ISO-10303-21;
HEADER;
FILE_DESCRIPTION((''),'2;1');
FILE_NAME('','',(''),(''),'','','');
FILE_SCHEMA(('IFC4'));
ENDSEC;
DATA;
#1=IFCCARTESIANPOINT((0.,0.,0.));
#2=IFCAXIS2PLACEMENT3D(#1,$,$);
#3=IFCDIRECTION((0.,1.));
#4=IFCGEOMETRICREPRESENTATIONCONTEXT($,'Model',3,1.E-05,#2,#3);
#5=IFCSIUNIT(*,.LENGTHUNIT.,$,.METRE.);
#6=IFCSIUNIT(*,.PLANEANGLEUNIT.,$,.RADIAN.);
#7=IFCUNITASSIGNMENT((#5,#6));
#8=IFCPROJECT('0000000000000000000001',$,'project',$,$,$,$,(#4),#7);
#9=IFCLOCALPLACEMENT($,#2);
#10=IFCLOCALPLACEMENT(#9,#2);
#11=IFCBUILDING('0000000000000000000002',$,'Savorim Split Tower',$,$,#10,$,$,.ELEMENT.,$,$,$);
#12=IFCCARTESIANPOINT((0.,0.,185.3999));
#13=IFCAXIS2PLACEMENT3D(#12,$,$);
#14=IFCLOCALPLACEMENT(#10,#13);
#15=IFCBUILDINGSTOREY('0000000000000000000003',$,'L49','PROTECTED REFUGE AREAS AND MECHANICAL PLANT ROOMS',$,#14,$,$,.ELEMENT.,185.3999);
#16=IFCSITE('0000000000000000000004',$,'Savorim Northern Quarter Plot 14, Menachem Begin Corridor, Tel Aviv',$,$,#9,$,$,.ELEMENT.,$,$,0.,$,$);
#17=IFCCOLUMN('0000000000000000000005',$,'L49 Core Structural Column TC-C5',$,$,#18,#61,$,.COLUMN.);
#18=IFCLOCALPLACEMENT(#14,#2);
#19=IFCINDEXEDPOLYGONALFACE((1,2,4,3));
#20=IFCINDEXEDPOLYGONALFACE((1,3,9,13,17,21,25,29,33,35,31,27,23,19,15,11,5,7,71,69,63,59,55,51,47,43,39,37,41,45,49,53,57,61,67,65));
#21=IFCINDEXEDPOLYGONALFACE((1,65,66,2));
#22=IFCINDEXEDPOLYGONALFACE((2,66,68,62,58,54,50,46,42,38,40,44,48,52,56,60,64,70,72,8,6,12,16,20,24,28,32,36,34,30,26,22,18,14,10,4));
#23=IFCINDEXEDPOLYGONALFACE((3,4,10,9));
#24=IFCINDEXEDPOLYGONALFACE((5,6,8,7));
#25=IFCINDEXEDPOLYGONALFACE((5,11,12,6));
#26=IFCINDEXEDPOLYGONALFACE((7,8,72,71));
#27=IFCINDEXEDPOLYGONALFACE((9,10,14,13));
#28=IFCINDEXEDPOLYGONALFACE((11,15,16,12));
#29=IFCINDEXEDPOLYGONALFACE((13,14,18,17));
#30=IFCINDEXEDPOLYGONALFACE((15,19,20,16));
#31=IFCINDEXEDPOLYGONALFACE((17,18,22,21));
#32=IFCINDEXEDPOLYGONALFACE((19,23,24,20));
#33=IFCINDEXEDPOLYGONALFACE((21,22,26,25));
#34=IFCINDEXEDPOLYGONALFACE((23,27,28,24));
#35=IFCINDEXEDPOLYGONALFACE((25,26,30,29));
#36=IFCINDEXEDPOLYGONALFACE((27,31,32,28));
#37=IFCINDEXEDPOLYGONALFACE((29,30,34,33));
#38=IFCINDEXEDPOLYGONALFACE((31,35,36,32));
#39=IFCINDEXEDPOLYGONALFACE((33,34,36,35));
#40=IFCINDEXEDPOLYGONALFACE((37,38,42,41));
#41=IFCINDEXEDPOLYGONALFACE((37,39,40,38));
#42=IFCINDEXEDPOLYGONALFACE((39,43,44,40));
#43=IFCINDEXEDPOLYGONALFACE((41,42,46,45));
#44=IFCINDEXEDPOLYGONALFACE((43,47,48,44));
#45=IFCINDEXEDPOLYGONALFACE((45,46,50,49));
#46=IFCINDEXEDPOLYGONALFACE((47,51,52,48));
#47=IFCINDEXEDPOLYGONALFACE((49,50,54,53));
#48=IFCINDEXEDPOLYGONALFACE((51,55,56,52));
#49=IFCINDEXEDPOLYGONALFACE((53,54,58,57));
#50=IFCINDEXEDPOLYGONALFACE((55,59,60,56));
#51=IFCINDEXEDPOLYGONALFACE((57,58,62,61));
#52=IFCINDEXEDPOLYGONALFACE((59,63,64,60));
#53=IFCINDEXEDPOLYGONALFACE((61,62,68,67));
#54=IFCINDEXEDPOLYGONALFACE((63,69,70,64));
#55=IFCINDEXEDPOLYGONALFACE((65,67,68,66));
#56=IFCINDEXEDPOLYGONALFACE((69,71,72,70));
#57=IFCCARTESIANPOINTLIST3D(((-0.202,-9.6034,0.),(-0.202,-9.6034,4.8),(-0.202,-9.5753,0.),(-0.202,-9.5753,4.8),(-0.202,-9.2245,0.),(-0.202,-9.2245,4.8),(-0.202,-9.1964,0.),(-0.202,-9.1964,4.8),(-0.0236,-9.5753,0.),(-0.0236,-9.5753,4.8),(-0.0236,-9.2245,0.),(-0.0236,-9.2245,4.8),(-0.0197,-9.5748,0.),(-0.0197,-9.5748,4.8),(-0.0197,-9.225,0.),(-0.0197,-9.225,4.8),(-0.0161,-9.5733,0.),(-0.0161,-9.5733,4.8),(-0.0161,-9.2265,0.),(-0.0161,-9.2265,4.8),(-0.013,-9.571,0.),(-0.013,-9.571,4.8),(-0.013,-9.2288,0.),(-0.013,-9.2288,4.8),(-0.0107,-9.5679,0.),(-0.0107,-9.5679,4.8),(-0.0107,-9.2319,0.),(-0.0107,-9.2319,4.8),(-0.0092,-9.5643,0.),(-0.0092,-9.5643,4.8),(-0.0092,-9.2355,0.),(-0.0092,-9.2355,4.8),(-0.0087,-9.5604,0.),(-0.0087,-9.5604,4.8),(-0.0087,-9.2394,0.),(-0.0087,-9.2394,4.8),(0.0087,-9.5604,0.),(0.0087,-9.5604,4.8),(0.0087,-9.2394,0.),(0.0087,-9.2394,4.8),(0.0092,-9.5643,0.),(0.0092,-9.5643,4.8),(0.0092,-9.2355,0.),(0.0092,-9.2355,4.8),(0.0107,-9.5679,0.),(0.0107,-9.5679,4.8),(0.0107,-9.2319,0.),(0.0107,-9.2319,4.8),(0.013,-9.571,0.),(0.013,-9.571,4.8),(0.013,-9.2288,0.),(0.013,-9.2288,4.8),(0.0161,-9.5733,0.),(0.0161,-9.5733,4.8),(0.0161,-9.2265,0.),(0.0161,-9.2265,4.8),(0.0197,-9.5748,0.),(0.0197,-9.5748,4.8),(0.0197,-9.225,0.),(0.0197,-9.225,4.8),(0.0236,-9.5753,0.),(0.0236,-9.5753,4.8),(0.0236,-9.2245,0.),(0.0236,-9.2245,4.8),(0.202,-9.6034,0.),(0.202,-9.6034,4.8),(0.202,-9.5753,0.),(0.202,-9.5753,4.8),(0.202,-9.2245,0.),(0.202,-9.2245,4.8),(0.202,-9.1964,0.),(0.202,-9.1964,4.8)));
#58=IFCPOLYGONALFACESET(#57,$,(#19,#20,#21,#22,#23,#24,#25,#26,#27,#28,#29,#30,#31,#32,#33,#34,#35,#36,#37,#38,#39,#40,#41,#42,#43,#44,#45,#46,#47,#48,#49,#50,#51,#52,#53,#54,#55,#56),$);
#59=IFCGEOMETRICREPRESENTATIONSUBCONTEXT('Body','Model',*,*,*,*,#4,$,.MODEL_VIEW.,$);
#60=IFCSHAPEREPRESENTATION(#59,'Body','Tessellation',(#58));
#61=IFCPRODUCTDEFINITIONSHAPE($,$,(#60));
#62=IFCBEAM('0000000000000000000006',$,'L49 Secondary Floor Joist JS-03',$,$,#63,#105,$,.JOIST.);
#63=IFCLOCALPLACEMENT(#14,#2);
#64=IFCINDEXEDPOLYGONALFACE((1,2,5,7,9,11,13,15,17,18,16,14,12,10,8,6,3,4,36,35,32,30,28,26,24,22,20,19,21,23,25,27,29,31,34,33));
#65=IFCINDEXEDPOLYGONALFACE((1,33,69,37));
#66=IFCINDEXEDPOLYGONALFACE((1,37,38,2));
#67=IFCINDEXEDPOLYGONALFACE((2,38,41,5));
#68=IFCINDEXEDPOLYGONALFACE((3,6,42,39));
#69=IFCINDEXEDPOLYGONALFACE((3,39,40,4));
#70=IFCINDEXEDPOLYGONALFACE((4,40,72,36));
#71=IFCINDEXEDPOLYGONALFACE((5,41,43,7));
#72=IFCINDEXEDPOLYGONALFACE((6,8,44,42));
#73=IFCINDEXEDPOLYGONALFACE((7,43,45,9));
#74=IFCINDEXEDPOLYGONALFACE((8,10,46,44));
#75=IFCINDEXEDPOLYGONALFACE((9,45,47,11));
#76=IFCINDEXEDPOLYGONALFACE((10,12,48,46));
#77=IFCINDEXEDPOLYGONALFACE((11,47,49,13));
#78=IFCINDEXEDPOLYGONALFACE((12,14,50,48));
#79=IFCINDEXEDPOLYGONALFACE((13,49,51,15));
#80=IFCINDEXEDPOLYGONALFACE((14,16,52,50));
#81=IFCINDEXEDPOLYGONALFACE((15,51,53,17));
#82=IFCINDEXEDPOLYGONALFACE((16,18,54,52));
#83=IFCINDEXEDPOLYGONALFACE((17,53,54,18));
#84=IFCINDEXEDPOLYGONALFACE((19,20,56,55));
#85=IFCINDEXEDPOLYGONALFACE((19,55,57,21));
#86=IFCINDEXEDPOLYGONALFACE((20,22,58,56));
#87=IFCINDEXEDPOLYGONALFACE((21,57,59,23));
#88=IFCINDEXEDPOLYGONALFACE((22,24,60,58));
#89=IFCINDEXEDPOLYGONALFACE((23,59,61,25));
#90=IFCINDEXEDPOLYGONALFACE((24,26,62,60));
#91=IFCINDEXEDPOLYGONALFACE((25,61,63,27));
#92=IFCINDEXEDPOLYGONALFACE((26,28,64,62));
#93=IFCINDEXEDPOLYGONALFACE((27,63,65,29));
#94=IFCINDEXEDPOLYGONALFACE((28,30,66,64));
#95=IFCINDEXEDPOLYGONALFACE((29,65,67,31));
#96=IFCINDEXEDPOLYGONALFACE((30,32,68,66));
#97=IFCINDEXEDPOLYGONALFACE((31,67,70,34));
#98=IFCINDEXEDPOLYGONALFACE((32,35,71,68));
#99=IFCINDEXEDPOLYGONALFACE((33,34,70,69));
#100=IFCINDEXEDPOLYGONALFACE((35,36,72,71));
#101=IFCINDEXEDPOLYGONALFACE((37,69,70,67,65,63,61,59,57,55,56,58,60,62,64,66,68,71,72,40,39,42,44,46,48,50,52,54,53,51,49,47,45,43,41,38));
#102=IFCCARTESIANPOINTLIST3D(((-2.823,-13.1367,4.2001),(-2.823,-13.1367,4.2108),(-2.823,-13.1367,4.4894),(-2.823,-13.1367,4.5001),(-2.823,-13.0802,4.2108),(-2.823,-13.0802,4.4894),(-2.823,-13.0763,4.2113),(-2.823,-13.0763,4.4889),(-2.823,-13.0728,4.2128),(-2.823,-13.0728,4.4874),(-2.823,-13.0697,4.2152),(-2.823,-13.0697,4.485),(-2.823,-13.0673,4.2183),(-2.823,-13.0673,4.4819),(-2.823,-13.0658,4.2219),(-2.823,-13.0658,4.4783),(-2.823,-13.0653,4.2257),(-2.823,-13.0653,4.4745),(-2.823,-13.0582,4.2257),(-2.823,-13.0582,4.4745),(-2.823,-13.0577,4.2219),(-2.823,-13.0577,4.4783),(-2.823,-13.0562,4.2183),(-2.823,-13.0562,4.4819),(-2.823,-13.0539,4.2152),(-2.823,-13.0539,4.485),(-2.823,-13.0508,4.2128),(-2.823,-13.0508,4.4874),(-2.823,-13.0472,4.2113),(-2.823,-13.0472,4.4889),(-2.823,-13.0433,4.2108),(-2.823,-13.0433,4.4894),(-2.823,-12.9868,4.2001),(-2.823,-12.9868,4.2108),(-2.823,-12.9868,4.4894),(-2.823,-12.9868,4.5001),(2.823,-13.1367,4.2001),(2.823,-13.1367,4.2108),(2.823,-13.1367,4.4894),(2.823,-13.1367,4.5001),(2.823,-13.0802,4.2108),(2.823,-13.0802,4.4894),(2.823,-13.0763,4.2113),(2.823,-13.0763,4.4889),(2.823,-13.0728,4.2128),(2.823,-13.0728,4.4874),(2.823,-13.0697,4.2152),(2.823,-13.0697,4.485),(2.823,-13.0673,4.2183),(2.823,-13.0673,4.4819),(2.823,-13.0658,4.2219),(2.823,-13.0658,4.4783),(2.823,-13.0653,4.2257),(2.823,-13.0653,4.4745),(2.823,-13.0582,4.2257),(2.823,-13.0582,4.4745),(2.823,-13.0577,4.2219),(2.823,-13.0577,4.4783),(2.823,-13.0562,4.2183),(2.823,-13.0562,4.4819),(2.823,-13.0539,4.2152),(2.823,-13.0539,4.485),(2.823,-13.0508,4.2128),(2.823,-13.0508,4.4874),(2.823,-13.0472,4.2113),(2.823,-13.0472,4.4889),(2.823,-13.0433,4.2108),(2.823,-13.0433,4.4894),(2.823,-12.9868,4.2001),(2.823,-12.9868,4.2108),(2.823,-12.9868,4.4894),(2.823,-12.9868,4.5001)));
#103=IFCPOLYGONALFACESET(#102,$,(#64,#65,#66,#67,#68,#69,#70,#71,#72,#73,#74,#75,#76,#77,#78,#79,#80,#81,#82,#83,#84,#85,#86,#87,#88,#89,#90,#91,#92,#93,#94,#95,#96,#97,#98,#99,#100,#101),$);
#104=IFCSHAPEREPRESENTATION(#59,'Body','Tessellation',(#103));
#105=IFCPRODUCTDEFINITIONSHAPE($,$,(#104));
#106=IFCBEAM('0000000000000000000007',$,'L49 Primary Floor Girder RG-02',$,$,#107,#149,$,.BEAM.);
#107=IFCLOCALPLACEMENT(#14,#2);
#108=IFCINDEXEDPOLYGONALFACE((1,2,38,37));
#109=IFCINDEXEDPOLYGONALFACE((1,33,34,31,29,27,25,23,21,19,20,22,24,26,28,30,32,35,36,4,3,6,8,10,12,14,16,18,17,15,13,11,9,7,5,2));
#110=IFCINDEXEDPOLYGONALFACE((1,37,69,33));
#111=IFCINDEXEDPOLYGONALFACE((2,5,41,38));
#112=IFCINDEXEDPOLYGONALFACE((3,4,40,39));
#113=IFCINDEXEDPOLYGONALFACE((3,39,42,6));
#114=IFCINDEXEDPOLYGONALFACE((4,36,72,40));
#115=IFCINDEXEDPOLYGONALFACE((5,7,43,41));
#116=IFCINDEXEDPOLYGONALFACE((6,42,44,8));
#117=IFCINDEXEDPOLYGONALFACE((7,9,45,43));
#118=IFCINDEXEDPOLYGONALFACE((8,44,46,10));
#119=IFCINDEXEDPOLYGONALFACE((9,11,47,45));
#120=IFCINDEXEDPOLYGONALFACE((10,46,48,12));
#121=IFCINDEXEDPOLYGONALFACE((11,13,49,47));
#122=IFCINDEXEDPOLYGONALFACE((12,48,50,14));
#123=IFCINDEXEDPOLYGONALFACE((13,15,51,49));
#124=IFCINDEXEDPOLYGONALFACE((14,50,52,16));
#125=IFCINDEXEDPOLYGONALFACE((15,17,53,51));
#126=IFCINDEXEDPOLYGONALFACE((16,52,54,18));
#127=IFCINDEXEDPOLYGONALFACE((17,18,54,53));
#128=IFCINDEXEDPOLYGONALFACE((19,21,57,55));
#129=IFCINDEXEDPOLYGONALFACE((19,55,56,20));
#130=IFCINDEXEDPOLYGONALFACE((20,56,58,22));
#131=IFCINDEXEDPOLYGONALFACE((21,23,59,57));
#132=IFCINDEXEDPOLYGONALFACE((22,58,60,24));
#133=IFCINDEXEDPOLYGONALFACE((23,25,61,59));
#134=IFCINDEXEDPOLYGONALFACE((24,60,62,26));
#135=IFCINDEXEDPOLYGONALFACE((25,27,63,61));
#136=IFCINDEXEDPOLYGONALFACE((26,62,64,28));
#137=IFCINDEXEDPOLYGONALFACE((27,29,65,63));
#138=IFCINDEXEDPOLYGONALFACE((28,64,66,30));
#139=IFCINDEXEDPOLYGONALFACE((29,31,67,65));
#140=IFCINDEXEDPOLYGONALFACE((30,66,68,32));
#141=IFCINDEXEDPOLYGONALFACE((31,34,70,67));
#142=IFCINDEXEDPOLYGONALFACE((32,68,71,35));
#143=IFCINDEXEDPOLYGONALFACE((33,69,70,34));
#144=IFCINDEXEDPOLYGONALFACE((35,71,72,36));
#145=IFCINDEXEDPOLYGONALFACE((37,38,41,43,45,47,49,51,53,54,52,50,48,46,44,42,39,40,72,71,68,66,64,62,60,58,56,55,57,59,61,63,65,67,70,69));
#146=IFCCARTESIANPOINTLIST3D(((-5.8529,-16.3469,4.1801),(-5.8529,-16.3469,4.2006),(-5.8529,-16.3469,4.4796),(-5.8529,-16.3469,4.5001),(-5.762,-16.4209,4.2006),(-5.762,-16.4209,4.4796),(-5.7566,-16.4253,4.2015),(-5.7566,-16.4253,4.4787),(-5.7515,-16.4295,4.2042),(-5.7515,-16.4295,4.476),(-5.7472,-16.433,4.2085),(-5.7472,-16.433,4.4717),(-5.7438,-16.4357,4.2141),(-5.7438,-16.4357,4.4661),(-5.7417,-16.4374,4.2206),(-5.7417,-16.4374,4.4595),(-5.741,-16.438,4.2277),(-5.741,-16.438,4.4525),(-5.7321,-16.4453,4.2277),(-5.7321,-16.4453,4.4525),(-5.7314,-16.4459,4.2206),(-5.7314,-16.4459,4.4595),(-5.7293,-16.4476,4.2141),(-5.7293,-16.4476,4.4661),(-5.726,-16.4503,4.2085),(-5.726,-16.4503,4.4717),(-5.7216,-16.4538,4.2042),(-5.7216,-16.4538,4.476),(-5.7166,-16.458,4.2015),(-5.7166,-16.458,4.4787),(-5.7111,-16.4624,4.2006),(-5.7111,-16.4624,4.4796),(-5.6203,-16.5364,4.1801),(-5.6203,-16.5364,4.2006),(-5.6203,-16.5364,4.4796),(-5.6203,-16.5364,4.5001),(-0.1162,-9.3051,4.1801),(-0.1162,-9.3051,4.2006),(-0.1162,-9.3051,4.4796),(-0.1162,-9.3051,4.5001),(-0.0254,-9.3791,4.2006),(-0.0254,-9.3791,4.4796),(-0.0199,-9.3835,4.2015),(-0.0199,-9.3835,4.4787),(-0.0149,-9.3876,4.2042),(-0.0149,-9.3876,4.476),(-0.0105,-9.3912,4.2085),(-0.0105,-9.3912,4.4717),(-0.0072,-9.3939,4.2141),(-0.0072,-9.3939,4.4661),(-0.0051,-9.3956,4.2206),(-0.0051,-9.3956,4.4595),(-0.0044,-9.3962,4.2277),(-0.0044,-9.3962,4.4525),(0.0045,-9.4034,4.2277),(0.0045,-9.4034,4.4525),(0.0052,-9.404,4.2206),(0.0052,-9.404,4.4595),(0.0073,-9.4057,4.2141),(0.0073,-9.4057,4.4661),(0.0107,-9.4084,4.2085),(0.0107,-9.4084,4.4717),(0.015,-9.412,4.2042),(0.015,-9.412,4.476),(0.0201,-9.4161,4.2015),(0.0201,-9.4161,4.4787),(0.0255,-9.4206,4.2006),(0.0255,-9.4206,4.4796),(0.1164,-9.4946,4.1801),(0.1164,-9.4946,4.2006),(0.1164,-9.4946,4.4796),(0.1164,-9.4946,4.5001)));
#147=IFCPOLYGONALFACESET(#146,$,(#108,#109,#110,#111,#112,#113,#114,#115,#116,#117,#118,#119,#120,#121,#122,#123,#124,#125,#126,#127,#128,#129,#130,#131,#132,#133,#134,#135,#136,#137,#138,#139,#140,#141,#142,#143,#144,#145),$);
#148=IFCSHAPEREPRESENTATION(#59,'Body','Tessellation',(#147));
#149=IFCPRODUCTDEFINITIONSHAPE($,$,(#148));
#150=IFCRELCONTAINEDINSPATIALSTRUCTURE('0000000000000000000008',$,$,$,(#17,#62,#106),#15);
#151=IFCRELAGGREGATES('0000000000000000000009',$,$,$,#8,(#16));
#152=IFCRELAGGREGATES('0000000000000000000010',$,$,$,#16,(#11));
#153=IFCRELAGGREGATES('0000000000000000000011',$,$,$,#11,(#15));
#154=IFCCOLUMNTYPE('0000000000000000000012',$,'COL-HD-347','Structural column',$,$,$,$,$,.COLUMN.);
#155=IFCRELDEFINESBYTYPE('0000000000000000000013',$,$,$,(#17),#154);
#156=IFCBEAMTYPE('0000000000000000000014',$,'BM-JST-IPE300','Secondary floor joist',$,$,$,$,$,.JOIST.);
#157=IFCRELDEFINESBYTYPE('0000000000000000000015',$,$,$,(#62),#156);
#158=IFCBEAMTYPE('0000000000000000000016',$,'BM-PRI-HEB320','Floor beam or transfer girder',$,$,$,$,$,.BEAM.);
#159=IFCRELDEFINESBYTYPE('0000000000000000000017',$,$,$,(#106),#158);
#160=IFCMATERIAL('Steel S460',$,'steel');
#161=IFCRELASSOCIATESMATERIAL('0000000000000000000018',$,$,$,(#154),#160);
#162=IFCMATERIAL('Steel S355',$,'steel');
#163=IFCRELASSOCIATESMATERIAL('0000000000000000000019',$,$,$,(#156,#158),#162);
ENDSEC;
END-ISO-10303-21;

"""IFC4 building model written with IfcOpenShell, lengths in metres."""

from ifc_helpers import new_model, si_unit, direction, frame, origin, origin_2d, place, context, subcontext, project, spatial, i_section, extrude, material, material_profile, profile_set, type_object, element, save


model = new_model("IFC4")

# Units and contexts
model_context = context("Model", 3, precision=1e-05, world=origin(), true_north=direction((0.0, 1.0)))
body_context = subcontext(model_context, "Body", "Model", "MODEL_VIEW")
ifc_project = project(units=[si_unit("LENGTHUNIT", "METRE"), si_unit("PLANEANGLEUNIT", "RADIAN")], contexts=[model_context])

# Site, building, storey
site_placement = place(None, origin())
site = spatial("IfcSite", under=ifc_project, at=site_placement, Name="Savorim Northern Quarter Plot 14, Menachem Begin Corridor, Tel Aviv", CompositionType="ELEMENT", RefElevation=0.0)
building_placement = place(site_placement, origin())
building = spatial("IfcBuilding", under=site, at=building_placement, Name="Savorim Split Tower", CompositionType="ELEMENT")
storey_placement = place(building_placement, frame((0.0, 0.0, 185.3999)))
storey = spatial("IfcBuildingStorey", under=building, at=storey_placement, Name="L49", Description="PROTECTED REFUGE AREAS AND MECHANICAL PLANT ROOMS", CompositionType="ELEMENT", Elevation=185.3999)

# Column
ifc_material_1 = material(Name="Steel S460", Category="steel")
ifc_material_profile_1 = material_profile(ifc_material_1, i_section(OverallWidth=0.4041, OverallDepth=0.407, WebThickness=0.0173, FlangeThickness=0.0281, FilletRadius=0.0149, at=origin_2d()), Name="HD 400x347")
ifc_profile_set_1 = profile_set([ifc_material_profile_1], Name="Steel S460")
column_type = type_object("IfcColumnType", Name="COL-HD-347", Description="Structural column", PredefinedType="COLUMN", material=ifc_profile_set_1)
column_placement = place(storey_placement, frame((0.0, -9.3999, 0.0), z_axis=(0.0, 0.0, 1.0), x_axis=(1.0, 0.0, 0.0)))
element("IfcColumn", 1, at=column_placement, inside=storey, type_object=column_type, Name="L49 Core Structural Column TC-C5", PredefinedType="COLUMN", context=body_context, shape_type="SweptSolid", body=[
    extrude(i_section(OverallWidth=0.4041, OverallDepth=0.407, WebThickness=0.0173, FlangeThickness=0.0281, FilletRadius=0.0149, at=origin_2d()), origin(), (0.0, 0.0, 1.0), 4.8),
])

# Beams
ifc_material_2 = material(Name="Steel S355", Category="steel")
ifc_material_profile_2 = material_profile(ifc_material_2, i_section(OverallWidth=0.1499, OverallDepth=0.3, WebThickness=0.0071, FlangeThickness=0.0107, FilletRadius=0.0149, at=origin_2d()), Name="IPE 300")
ifc_profile_set_2 = profile_set([ifc_material_profile_2], Name="Steel S355")
beam_type_1 = type_object("IfcBeamType", Name="BM-JST-IPE300", Description="Secondary floor joist", PredefinedType="JOIST", material=ifc_profile_set_2)
beam_1_placement = place(storey_placement, frame((-2.823, -13.0618, 4.3501), z_axis=(1.0, 0.0, 0.0), x_axis=(0.0, 1.0, 0.0)))
element("IfcBeam", 2, at=beam_1_placement, inside=storey, type_object=beam_type_1, Name="L49 Secondary Floor Joist JS-03", PredefinedType="JOIST", context=body_context, shape_type="SweptSolid", body=[
    extrude(i_section(OverallWidth=0.1499, OverallDepth=0.3, WebThickness=0.0071, FlangeThickness=0.0107, FilletRadius=0.0149, at=origin_2d()), origin(), (0.0, 0.0, 1.0), 5.646),
])
ifc_material_profile_3 = material_profile(ifc_material_2, i_section(OverallWidth=0.3, OverallDepth=0.3201, WebThickness=0.0115, FlangeThickness=0.0205, FilletRadius=0.0271, at=origin_2d()), Name="HEB 320")
ifc_profile_set_3 = profile_set([ifc_material_profile_3], Name="Steel S355")
beam_type_2 = type_object("IfcBeamType", Name="BM-PRI-HEB320", Description="Floor beam or transfer girder", PredefinedType="BEAM", material=ifc_profile_set_3)
beam_2_placement = place(storey_placement, frame((-5.7366, -16.4417, 4.3401), z_axis=(0.631597, 0.775297, 0.0), x_axis=(-0.775297, 0.631597, 0.0)))
element("IfcBeam", 3, at=beam_2_placement, inside=storey, type_object=beam_type_2, Name="L49 Primary Floor Girder RG-02", PredefinedType="BEAM", context=body_context, shape_type="SweptSolid", body=[
    extrude(i_section(OverallWidth=0.3, OverallDepth=0.3201, WebThickness=0.0115, FlangeThickness=0.0205, FilletRadius=0.0271, at=origin_2d()), origin(), (0.0, 0.0, 1.0), 9.0828),
])

save(model, "model.ifc")
